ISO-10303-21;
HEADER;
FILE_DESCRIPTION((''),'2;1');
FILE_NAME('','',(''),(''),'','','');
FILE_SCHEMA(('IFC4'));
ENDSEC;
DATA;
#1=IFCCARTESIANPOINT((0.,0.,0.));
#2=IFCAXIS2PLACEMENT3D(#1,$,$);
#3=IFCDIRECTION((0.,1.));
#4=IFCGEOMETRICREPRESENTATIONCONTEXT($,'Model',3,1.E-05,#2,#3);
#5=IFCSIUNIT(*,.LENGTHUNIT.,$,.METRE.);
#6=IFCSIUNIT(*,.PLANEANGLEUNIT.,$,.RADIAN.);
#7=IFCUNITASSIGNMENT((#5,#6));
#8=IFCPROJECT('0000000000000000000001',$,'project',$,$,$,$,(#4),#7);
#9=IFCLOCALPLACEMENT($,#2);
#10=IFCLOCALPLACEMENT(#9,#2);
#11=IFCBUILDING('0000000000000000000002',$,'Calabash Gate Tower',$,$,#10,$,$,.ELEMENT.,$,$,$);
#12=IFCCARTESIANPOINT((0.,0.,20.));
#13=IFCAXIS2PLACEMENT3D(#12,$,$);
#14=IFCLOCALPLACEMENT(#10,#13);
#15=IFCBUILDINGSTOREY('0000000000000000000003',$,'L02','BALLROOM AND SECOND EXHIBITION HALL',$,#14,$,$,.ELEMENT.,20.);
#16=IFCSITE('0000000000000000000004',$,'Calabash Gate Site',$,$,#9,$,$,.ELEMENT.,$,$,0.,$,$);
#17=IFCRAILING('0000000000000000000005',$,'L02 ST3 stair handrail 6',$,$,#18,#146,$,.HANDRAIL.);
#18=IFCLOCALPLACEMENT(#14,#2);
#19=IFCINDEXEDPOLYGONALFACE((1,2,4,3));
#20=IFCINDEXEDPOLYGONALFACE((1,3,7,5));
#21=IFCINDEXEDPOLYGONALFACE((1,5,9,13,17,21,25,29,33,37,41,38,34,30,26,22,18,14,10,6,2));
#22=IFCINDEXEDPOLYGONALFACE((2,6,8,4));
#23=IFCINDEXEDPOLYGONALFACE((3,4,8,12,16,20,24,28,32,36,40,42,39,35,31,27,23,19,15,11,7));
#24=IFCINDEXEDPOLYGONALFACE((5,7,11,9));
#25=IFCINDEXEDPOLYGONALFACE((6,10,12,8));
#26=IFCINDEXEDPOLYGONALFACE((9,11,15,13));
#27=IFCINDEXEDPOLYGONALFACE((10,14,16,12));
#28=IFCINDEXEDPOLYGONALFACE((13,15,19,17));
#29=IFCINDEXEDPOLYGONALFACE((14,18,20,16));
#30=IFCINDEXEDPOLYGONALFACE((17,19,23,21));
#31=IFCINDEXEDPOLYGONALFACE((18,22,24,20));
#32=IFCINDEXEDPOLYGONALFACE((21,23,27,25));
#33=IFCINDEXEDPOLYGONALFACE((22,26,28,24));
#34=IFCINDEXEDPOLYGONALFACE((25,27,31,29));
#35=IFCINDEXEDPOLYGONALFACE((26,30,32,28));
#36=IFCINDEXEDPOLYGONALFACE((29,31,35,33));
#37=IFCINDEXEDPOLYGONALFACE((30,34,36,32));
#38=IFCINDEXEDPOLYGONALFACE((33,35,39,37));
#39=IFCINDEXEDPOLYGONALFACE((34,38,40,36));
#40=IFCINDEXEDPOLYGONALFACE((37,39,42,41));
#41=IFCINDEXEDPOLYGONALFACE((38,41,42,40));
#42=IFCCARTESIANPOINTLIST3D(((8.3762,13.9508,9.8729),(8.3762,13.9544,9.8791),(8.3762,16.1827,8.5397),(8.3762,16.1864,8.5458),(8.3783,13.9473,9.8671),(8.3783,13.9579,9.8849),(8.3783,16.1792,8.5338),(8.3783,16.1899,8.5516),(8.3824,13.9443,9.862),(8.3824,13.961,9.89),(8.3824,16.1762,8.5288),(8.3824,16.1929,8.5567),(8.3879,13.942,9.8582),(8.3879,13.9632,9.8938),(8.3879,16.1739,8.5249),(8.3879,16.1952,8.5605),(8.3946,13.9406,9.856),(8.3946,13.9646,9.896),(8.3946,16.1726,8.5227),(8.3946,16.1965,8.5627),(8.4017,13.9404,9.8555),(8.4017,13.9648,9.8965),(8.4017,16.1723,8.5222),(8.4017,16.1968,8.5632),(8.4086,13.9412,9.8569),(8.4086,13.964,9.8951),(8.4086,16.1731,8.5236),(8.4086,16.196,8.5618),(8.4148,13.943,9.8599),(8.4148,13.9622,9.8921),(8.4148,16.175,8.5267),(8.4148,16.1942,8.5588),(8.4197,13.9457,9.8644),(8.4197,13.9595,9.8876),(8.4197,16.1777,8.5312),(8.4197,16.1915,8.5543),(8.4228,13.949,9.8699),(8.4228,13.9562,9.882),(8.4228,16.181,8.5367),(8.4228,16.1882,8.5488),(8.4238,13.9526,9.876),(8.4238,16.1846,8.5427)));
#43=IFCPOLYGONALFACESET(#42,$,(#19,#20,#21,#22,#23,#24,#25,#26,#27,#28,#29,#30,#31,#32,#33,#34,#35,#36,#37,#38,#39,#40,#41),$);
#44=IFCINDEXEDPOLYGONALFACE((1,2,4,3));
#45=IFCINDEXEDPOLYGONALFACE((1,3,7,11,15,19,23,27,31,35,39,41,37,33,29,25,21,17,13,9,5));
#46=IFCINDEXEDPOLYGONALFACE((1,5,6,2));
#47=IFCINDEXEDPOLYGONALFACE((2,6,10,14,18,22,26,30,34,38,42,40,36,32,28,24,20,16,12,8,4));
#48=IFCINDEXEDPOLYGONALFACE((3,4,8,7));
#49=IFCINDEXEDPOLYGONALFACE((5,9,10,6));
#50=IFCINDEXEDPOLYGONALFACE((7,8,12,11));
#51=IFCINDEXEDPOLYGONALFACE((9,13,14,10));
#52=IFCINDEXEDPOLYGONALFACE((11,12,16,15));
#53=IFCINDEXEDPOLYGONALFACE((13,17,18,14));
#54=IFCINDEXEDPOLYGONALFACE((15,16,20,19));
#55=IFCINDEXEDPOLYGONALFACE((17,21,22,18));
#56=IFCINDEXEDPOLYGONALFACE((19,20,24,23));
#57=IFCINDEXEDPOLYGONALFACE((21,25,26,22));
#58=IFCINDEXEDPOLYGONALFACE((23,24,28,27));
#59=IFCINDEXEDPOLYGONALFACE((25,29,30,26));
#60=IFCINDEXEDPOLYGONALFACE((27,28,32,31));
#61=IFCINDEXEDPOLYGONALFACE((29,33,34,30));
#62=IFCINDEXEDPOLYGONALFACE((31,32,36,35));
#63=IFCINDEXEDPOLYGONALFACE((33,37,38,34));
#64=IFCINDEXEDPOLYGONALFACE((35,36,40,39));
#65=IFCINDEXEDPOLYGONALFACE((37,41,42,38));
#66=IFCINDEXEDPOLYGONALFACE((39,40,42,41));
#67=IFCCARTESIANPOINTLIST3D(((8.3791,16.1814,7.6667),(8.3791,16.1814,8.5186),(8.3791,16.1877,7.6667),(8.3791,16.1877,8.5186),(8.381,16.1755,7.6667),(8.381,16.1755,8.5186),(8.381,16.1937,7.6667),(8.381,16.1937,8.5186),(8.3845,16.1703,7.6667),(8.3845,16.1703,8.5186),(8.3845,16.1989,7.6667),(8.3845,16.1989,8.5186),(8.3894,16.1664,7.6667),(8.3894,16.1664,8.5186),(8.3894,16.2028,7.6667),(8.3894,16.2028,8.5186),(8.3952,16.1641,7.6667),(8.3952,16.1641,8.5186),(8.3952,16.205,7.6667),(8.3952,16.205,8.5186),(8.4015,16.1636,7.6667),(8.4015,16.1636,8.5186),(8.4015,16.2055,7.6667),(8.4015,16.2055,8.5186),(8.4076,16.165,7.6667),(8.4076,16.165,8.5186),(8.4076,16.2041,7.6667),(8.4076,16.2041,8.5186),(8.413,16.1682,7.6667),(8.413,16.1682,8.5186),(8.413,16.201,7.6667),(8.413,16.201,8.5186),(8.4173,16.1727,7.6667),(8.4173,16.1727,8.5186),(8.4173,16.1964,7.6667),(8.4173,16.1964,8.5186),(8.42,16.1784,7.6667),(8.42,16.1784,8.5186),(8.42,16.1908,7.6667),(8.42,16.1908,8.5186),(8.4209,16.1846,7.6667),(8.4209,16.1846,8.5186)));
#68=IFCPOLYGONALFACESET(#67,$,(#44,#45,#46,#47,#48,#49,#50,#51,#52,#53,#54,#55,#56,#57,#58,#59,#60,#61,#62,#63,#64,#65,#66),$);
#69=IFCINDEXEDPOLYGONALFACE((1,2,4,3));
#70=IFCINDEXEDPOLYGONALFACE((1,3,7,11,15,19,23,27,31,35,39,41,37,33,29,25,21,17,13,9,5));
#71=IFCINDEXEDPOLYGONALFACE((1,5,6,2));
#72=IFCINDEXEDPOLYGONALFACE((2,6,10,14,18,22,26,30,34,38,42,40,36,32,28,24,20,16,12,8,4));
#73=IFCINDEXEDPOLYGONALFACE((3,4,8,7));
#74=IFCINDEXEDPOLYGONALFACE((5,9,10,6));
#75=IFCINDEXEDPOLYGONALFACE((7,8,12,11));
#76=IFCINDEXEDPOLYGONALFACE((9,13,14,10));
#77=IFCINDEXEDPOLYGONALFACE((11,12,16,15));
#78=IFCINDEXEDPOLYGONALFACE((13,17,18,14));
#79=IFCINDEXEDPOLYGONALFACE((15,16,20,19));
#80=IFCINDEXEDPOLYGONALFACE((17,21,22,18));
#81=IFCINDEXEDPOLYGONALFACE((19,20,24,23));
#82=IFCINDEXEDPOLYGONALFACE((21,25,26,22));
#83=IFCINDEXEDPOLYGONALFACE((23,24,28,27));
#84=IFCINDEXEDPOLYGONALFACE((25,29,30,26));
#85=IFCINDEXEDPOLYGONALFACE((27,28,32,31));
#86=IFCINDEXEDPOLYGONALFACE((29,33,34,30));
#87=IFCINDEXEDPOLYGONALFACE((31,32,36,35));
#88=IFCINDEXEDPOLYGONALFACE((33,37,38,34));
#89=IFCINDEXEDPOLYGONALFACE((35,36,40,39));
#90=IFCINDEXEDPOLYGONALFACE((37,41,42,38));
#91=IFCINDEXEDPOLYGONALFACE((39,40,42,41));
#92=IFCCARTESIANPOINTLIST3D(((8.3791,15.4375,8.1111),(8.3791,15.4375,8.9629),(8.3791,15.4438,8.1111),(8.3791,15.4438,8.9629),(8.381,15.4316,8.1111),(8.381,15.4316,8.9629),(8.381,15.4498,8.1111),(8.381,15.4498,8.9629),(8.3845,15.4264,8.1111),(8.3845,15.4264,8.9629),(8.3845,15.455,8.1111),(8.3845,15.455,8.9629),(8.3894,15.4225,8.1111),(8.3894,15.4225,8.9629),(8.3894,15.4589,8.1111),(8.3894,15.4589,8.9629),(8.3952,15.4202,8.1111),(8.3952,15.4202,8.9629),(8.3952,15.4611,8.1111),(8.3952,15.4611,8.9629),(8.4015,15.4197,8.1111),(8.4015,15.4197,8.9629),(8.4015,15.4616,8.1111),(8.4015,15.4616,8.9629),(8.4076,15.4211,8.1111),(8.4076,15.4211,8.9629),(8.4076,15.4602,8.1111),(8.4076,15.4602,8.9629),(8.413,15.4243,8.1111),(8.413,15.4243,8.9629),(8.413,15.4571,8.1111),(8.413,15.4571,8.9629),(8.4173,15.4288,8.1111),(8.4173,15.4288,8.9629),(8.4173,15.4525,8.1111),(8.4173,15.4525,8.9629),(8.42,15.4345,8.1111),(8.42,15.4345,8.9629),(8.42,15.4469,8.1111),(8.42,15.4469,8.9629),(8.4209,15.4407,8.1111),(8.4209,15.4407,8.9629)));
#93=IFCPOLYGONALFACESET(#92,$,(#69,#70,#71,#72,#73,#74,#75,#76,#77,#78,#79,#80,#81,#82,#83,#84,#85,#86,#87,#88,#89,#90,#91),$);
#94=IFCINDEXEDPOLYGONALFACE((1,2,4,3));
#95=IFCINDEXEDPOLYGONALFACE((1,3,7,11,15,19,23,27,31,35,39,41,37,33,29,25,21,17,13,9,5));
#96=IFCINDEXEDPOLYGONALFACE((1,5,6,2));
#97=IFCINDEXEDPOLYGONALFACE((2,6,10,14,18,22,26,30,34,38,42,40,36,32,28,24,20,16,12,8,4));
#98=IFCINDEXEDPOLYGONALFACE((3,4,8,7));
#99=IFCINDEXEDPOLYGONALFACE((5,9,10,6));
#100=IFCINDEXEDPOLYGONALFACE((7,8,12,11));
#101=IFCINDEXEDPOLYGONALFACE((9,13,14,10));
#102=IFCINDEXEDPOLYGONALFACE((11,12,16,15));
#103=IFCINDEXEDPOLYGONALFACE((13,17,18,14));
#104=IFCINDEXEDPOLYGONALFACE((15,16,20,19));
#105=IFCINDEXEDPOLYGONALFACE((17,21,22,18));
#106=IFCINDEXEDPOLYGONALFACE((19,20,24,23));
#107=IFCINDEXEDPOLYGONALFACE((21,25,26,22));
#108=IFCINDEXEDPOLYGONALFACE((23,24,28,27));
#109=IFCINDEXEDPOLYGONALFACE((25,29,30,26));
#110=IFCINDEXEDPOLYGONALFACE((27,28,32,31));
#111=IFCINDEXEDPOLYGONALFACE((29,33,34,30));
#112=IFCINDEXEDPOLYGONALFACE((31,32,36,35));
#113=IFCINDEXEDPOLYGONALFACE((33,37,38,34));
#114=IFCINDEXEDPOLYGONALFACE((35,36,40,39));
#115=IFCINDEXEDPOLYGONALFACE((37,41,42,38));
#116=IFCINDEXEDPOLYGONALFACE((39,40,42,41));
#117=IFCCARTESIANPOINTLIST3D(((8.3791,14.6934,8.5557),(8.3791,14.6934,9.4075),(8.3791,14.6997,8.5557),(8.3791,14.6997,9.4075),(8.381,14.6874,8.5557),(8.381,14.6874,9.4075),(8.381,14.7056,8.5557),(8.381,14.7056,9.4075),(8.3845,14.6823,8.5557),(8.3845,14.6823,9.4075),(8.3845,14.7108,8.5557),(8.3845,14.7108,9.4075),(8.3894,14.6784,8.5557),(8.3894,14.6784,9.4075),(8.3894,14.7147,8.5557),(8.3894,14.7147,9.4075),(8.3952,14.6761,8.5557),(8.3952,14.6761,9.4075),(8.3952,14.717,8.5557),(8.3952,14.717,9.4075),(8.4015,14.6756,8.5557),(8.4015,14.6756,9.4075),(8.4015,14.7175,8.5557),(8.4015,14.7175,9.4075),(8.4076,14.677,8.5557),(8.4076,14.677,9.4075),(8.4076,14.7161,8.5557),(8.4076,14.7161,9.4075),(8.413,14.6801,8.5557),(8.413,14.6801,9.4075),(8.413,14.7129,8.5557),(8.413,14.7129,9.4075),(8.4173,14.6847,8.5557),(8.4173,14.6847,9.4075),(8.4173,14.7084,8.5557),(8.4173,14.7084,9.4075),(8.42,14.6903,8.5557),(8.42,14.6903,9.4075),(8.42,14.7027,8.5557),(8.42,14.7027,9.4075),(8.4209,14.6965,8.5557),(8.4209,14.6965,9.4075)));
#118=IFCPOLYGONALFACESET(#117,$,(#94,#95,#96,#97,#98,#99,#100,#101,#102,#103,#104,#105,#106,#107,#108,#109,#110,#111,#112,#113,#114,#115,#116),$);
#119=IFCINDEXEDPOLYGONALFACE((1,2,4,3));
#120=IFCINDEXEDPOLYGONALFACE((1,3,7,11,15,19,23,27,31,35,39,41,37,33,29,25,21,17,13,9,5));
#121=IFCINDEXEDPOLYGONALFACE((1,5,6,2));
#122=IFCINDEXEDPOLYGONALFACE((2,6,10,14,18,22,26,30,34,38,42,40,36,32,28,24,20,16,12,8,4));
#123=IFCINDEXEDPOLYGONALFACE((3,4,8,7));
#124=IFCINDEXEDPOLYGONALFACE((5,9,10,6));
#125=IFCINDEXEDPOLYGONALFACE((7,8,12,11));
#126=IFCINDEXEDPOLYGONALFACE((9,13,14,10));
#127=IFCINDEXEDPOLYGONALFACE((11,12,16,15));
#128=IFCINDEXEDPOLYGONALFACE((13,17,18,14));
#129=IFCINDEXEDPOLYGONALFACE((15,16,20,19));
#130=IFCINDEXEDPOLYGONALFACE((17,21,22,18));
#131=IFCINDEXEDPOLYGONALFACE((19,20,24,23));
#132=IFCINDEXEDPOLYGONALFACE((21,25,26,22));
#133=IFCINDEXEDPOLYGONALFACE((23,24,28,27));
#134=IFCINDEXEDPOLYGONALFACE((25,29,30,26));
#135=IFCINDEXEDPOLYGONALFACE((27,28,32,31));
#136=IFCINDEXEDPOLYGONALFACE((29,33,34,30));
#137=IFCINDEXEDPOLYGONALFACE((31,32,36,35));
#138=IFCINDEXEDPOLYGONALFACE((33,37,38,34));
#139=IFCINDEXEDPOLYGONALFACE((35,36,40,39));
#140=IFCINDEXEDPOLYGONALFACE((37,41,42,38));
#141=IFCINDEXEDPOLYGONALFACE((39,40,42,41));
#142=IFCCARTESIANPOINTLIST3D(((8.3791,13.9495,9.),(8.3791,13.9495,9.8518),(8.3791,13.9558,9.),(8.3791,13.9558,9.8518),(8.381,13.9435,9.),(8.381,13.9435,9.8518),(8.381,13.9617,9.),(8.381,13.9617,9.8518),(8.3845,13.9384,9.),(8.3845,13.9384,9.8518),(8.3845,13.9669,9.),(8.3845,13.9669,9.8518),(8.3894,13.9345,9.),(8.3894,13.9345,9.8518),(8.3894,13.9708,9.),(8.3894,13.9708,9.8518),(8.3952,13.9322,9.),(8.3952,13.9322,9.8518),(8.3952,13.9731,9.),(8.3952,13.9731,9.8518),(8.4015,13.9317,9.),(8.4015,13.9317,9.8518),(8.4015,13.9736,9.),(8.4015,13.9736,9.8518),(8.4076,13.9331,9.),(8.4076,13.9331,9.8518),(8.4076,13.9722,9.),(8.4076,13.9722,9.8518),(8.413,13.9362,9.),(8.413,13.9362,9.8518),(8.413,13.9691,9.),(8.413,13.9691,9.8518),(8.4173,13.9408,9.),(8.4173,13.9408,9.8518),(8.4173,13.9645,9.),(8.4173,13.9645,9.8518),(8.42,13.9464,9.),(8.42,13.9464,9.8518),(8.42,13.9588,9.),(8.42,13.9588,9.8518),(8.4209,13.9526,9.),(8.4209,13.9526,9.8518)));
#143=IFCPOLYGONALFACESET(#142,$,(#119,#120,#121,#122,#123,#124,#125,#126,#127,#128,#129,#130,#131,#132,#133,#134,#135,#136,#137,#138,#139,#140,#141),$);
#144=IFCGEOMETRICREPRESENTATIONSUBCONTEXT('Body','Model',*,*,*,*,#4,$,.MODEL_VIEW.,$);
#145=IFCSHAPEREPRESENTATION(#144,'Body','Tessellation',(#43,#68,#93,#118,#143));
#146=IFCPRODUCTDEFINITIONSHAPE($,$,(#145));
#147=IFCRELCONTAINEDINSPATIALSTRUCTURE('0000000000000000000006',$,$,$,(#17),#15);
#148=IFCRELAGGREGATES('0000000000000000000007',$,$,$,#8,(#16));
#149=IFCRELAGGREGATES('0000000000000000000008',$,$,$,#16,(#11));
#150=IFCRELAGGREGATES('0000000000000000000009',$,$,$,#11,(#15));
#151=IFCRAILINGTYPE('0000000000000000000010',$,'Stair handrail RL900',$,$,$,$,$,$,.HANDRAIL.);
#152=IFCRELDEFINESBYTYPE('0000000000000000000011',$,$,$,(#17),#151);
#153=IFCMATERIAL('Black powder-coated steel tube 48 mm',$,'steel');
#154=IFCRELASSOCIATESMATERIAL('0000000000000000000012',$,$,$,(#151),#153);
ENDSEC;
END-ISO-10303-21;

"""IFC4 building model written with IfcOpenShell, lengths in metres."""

from ifc_helpers import new_model, si_unit, direction, frame, origin, origin_2d, place, context, subcontext, project, spatial, circle, extrude, material, type_object, element, save


model = new_model("IFC4")

# Units and contexts
model_context = context("Model", 3, precision=1e-05, world=origin(), true_north=direction((0.0, 1.0)))
body_context = subcontext(model_context, "Body", "Model", "MODEL_VIEW")
ifc_project = project(units=[si_unit("LENGTHUNIT", "METRE"), si_unit("PLANEANGLEUNIT", "RADIAN")], contexts=[model_context])

# Site, building, storey
site_placement = place(None, origin())
site = spatial("IfcSite", under=ifc_project, at=site_placement, Name="Calabash Gate Site", CompositionType="ELEMENT", RefElevation=0.0)
building_placement = place(site_placement, origin())
building = spatial("IfcBuilding", under=site, at=building_placement, Name="Calabash Gate Tower", CompositionType="ELEMENT")
storey_placement = place(building_placement, frame((0.0, 0.0, 20.0)))
storey = spatial("IfcBuildingStorey", under=building, at=storey_placement, Name="L02", Description="BALLROOM AND SECOND EXHIBITION HALL", CompositionType="ELEMENT", Elevation=20.0)

# Railing
ifc_material_1 = material(Name="Black powder-coated steel tube 48 mm", Category="steel")
railing_type_1 = type_object("IfcRailingType", Name="Stair handrail RL900", PredefinedType="HANDRAIL", material=ifc_material_1)
railing_1_placement = place(storey_placement, frame((8.3999, 16.1846, 7.6667)))
element("IfcRailing", 1, at=railing_1_placement, inside=storey, type_object=railing_type_1, Name="L02 ST3 stair handrail 6", PredefinedType="HANDRAIL", context=body_context, shape_type="SweptSolid", body=[
    extrude(circle(Radius=0.0239, at=origin_2d()), frame((0.0, 0.0, 0.876), z_axis=(0.0, -0.858494, 0.512824), x_axis=(1.0, 0.0, 0.0)), (0.0, 0.0, 1.0), 2.5999),
    extrude(circle(Radius=0.021, at=origin_2d()), origin(), (0.0, 0.0, 1.0), 0.8518),
    extrude(circle(Radius=0.021, at=origin_2d()), frame((0.0, -0.7439, 0.4443)), (0.0, 0.0, 1.0), 0.8518),
    extrude(circle(Radius=0.021, at=origin_2d()), frame((0.0, -1.488, 0.8889)), (0.0, 0.0, 1.0), 0.8518),
    extrude(circle(Radius=0.021, at=origin_2d()), frame((0.0, -2.2319, 1.3333)), (0.0, 0.0, 1.0), 0.8518),
])

save(model, "model.ifc")
